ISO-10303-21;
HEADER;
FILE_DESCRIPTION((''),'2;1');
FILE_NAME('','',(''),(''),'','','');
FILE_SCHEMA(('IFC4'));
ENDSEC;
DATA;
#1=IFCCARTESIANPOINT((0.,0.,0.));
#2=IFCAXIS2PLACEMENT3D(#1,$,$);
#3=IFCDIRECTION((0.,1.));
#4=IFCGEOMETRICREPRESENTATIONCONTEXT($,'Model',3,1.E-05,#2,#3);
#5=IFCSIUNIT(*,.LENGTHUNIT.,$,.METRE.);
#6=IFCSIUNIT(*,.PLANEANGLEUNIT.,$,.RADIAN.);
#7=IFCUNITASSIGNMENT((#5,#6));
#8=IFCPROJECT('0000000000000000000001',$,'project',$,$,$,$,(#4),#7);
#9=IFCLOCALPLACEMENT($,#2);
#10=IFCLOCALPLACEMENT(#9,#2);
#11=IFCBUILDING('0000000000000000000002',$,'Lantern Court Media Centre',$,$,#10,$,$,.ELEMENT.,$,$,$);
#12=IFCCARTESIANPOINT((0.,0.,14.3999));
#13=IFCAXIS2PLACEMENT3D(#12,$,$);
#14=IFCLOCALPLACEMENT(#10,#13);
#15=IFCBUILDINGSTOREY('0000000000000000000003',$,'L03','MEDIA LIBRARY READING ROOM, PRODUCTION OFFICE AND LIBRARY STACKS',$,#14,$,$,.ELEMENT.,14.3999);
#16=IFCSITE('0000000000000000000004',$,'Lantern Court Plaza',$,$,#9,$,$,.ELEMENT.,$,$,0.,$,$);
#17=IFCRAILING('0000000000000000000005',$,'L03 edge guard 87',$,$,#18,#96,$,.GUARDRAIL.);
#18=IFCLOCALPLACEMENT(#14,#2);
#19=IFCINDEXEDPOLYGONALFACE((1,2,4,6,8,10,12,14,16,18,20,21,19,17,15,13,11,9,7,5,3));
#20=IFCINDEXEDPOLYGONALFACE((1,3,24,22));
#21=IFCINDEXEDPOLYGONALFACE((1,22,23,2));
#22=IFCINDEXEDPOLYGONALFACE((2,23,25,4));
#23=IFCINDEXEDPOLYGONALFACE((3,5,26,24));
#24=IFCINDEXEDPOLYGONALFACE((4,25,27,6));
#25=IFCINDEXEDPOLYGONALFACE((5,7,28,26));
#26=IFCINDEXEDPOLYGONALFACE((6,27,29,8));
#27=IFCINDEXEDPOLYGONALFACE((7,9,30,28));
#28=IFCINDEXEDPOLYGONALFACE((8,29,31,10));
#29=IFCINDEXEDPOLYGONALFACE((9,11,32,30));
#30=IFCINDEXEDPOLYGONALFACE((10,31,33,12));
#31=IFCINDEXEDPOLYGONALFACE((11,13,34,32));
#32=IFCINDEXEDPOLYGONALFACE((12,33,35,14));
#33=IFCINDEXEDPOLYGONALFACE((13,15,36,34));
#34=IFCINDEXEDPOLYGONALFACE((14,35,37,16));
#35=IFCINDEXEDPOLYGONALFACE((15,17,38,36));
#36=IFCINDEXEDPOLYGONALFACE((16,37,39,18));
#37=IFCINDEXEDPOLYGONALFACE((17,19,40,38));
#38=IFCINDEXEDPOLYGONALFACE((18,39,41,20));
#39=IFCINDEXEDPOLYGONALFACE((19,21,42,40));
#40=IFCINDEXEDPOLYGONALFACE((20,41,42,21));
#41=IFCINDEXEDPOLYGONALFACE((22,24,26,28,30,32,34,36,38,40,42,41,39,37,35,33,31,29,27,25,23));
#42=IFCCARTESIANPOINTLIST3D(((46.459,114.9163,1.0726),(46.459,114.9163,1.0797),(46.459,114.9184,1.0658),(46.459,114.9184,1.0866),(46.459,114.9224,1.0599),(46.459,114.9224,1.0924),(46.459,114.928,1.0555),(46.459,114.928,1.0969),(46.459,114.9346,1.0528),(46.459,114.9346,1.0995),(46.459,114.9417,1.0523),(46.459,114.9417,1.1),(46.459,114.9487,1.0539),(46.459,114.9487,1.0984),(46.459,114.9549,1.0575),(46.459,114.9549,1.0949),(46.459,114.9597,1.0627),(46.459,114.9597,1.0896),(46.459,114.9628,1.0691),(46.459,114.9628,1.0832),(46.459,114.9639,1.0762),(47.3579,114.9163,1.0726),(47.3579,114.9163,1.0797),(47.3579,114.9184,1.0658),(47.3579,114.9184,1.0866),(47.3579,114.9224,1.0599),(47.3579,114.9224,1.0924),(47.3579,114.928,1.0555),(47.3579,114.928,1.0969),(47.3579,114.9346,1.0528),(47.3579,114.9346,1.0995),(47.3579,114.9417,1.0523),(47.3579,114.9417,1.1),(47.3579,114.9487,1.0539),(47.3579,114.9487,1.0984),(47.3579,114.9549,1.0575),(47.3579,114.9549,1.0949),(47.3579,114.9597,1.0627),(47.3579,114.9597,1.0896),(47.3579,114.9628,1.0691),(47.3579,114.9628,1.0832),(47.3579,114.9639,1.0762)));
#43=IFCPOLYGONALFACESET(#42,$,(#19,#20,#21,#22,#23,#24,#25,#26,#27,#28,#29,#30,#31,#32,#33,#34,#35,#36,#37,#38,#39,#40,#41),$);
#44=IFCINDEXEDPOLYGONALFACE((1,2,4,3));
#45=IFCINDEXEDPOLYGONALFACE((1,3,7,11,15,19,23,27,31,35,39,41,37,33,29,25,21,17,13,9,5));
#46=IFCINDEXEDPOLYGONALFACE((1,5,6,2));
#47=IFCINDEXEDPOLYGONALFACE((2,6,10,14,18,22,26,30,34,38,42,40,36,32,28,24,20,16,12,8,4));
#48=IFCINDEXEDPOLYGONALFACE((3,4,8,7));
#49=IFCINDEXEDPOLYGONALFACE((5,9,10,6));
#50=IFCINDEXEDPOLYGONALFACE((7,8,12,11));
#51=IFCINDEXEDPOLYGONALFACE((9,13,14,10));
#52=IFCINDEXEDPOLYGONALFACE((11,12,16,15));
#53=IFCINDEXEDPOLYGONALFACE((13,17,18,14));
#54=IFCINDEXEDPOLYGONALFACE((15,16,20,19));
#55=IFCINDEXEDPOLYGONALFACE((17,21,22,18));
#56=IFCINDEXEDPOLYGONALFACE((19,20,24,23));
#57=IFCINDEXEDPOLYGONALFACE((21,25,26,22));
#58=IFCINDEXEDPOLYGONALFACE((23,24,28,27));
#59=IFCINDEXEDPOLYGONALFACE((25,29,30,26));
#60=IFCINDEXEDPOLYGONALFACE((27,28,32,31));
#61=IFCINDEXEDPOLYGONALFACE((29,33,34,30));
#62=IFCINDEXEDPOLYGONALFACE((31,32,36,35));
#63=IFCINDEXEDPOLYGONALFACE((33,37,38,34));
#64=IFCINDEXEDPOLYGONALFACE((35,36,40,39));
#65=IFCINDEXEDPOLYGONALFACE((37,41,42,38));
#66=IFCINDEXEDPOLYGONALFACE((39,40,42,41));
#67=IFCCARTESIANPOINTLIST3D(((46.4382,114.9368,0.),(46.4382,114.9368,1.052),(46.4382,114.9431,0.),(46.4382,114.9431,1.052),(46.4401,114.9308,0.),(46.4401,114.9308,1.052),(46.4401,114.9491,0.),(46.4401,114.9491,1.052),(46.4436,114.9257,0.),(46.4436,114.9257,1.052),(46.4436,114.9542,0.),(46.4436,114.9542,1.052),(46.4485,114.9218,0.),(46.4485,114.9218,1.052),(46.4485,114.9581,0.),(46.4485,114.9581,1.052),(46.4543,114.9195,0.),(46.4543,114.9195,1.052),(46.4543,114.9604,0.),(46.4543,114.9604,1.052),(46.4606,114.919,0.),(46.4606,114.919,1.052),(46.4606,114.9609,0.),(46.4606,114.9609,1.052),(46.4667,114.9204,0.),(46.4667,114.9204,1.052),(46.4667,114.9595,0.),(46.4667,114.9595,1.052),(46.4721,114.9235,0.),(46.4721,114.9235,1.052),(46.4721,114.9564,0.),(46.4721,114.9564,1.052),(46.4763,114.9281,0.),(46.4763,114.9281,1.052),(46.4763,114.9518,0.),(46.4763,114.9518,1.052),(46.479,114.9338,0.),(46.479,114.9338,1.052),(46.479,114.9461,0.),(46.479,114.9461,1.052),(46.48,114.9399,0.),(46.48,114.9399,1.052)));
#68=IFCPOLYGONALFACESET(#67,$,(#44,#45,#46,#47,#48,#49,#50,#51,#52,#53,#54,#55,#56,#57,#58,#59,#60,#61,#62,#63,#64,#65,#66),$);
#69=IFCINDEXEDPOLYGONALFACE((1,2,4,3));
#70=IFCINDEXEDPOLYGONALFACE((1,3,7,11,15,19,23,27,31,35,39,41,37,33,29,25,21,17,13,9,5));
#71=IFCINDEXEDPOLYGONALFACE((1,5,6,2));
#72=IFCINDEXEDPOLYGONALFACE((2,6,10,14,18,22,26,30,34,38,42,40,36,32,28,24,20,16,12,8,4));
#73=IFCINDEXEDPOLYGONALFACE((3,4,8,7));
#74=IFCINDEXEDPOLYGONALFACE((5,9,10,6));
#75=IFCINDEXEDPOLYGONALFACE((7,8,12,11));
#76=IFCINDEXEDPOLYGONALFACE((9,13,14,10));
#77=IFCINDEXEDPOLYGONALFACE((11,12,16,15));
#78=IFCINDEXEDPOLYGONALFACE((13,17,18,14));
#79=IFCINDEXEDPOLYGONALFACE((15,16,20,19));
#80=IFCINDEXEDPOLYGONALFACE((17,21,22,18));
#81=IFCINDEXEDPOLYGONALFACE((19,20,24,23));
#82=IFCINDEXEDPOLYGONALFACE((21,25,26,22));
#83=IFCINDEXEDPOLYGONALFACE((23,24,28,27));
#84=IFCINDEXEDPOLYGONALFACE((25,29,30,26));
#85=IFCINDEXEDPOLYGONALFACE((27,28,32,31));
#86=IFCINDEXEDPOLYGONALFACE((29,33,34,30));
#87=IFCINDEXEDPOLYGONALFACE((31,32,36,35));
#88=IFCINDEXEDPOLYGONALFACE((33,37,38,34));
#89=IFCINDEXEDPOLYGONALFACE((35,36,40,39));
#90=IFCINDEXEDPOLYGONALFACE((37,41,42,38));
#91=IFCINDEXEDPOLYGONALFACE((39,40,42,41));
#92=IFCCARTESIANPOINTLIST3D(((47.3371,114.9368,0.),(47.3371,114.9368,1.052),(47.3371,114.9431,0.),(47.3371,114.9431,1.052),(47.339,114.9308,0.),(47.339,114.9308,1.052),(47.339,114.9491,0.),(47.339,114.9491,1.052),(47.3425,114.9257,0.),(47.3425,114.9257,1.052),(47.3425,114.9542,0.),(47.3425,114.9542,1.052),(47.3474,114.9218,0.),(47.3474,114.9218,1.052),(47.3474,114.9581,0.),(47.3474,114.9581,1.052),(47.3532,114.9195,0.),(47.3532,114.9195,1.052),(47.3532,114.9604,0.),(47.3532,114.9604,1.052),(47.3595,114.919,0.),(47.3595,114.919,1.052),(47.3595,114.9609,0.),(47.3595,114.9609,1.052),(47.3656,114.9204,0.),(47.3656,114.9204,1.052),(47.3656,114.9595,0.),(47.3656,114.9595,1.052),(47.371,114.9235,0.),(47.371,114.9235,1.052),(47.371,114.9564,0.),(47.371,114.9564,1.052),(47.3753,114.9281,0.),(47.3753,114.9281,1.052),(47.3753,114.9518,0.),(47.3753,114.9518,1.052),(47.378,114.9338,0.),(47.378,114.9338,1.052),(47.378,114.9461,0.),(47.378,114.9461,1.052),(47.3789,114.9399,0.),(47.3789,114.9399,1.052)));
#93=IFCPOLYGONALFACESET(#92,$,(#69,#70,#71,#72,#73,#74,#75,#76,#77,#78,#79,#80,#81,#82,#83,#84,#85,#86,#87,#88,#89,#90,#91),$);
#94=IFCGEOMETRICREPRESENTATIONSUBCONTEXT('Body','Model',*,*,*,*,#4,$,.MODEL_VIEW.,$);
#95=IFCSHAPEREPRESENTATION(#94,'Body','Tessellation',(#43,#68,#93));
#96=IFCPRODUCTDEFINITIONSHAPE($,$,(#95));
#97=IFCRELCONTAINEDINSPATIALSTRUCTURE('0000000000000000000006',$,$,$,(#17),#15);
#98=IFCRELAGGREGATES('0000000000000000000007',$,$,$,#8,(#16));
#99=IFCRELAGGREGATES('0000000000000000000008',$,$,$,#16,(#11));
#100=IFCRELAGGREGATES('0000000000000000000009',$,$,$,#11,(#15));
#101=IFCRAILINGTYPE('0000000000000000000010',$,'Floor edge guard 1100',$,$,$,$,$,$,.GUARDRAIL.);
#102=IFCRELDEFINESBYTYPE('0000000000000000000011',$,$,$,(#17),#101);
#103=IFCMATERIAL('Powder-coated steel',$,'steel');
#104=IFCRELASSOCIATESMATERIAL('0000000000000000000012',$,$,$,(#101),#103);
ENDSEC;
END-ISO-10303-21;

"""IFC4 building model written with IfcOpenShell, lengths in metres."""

from ifc_helpers import new_model, si_unit, direction, frame, origin, origin_2d, place, context, subcontext, project, spatial, circle, extrude, material, type_object, element, save


model = new_model("IFC4")

# Units and contexts
model_context = context("Model", 3, precision=1e-05, world=origin(), true_north=direction((0.0, 1.0)))
body_context = subcontext(model_context, "Body", "Model", "MODEL_VIEW")
ifc_project = project(units=[si_unit("LENGTHUNIT", "METRE"), si_unit("PLANEANGLEUNIT", "RADIAN")], contexts=[model_context])

# Site, building, storey
site_placement = place(None, origin())
site = spatial("IfcSite", under=ifc_project, at=site_placement, Name="Lantern Court Plaza", CompositionType="ELEMENT", RefElevation=0.0)
building_placement = place(site_placement, origin())
building = spatial("IfcBuilding", under=site, at=building_placement, Name="Lantern Court Media Centre", CompositionType="ELEMENT")
storey_placement = place(building_placement, frame((0.0, 0.0, 14.3999)))
storey = spatial("IfcBuildingStorey", under=building, at=storey_placement, Name="L03", Description="MEDIA LIBRARY READING ROOM, PRODUCTION OFFICE AND LIBRARY STACKS", CompositionType="ELEMENT", Elevation=14.3999)

# Railing
ifc_material_1 = material(Name="Powder-coated steel", Category="steel")
railing_type = type_object("IfcRailingType", Name="Floor edge guard 1100", PredefinedType="GUARDRAIL", material=ifc_material_1)
railing_1_placement = place(storey_placement, frame((46.459, 114.9399, 0.0)))
element("IfcRailing", 1, at=railing_1_placement, inside=storey, type_object=railing_type, Name="L03 edge guard 87", PredefinedType="GUARDRAIL", context=body_context, shape_type="SweptSolid", body=[
    extrude(circle(Radius=0.0239, at=origin_2d()), frame((0.0, 0.0, 1.0762), z_axis=(1.0, 0.0, 0.0), x_axis=(0.0, 1.0, 0.0)), (0.0, 0.0, 1.0), 0.8989),
    extrude(circle(Radius=0.021, at=origin_2d()), origin(), (0.0, 0.0, 1.0), 1.052),
    extrude(circle(Radius=0.021, at=origin_2d()), frame((0.8989, 0.0, 0.0)), (0.0, 0.0, 1.0), 1.052),
])

save(model, "model.ifc")
